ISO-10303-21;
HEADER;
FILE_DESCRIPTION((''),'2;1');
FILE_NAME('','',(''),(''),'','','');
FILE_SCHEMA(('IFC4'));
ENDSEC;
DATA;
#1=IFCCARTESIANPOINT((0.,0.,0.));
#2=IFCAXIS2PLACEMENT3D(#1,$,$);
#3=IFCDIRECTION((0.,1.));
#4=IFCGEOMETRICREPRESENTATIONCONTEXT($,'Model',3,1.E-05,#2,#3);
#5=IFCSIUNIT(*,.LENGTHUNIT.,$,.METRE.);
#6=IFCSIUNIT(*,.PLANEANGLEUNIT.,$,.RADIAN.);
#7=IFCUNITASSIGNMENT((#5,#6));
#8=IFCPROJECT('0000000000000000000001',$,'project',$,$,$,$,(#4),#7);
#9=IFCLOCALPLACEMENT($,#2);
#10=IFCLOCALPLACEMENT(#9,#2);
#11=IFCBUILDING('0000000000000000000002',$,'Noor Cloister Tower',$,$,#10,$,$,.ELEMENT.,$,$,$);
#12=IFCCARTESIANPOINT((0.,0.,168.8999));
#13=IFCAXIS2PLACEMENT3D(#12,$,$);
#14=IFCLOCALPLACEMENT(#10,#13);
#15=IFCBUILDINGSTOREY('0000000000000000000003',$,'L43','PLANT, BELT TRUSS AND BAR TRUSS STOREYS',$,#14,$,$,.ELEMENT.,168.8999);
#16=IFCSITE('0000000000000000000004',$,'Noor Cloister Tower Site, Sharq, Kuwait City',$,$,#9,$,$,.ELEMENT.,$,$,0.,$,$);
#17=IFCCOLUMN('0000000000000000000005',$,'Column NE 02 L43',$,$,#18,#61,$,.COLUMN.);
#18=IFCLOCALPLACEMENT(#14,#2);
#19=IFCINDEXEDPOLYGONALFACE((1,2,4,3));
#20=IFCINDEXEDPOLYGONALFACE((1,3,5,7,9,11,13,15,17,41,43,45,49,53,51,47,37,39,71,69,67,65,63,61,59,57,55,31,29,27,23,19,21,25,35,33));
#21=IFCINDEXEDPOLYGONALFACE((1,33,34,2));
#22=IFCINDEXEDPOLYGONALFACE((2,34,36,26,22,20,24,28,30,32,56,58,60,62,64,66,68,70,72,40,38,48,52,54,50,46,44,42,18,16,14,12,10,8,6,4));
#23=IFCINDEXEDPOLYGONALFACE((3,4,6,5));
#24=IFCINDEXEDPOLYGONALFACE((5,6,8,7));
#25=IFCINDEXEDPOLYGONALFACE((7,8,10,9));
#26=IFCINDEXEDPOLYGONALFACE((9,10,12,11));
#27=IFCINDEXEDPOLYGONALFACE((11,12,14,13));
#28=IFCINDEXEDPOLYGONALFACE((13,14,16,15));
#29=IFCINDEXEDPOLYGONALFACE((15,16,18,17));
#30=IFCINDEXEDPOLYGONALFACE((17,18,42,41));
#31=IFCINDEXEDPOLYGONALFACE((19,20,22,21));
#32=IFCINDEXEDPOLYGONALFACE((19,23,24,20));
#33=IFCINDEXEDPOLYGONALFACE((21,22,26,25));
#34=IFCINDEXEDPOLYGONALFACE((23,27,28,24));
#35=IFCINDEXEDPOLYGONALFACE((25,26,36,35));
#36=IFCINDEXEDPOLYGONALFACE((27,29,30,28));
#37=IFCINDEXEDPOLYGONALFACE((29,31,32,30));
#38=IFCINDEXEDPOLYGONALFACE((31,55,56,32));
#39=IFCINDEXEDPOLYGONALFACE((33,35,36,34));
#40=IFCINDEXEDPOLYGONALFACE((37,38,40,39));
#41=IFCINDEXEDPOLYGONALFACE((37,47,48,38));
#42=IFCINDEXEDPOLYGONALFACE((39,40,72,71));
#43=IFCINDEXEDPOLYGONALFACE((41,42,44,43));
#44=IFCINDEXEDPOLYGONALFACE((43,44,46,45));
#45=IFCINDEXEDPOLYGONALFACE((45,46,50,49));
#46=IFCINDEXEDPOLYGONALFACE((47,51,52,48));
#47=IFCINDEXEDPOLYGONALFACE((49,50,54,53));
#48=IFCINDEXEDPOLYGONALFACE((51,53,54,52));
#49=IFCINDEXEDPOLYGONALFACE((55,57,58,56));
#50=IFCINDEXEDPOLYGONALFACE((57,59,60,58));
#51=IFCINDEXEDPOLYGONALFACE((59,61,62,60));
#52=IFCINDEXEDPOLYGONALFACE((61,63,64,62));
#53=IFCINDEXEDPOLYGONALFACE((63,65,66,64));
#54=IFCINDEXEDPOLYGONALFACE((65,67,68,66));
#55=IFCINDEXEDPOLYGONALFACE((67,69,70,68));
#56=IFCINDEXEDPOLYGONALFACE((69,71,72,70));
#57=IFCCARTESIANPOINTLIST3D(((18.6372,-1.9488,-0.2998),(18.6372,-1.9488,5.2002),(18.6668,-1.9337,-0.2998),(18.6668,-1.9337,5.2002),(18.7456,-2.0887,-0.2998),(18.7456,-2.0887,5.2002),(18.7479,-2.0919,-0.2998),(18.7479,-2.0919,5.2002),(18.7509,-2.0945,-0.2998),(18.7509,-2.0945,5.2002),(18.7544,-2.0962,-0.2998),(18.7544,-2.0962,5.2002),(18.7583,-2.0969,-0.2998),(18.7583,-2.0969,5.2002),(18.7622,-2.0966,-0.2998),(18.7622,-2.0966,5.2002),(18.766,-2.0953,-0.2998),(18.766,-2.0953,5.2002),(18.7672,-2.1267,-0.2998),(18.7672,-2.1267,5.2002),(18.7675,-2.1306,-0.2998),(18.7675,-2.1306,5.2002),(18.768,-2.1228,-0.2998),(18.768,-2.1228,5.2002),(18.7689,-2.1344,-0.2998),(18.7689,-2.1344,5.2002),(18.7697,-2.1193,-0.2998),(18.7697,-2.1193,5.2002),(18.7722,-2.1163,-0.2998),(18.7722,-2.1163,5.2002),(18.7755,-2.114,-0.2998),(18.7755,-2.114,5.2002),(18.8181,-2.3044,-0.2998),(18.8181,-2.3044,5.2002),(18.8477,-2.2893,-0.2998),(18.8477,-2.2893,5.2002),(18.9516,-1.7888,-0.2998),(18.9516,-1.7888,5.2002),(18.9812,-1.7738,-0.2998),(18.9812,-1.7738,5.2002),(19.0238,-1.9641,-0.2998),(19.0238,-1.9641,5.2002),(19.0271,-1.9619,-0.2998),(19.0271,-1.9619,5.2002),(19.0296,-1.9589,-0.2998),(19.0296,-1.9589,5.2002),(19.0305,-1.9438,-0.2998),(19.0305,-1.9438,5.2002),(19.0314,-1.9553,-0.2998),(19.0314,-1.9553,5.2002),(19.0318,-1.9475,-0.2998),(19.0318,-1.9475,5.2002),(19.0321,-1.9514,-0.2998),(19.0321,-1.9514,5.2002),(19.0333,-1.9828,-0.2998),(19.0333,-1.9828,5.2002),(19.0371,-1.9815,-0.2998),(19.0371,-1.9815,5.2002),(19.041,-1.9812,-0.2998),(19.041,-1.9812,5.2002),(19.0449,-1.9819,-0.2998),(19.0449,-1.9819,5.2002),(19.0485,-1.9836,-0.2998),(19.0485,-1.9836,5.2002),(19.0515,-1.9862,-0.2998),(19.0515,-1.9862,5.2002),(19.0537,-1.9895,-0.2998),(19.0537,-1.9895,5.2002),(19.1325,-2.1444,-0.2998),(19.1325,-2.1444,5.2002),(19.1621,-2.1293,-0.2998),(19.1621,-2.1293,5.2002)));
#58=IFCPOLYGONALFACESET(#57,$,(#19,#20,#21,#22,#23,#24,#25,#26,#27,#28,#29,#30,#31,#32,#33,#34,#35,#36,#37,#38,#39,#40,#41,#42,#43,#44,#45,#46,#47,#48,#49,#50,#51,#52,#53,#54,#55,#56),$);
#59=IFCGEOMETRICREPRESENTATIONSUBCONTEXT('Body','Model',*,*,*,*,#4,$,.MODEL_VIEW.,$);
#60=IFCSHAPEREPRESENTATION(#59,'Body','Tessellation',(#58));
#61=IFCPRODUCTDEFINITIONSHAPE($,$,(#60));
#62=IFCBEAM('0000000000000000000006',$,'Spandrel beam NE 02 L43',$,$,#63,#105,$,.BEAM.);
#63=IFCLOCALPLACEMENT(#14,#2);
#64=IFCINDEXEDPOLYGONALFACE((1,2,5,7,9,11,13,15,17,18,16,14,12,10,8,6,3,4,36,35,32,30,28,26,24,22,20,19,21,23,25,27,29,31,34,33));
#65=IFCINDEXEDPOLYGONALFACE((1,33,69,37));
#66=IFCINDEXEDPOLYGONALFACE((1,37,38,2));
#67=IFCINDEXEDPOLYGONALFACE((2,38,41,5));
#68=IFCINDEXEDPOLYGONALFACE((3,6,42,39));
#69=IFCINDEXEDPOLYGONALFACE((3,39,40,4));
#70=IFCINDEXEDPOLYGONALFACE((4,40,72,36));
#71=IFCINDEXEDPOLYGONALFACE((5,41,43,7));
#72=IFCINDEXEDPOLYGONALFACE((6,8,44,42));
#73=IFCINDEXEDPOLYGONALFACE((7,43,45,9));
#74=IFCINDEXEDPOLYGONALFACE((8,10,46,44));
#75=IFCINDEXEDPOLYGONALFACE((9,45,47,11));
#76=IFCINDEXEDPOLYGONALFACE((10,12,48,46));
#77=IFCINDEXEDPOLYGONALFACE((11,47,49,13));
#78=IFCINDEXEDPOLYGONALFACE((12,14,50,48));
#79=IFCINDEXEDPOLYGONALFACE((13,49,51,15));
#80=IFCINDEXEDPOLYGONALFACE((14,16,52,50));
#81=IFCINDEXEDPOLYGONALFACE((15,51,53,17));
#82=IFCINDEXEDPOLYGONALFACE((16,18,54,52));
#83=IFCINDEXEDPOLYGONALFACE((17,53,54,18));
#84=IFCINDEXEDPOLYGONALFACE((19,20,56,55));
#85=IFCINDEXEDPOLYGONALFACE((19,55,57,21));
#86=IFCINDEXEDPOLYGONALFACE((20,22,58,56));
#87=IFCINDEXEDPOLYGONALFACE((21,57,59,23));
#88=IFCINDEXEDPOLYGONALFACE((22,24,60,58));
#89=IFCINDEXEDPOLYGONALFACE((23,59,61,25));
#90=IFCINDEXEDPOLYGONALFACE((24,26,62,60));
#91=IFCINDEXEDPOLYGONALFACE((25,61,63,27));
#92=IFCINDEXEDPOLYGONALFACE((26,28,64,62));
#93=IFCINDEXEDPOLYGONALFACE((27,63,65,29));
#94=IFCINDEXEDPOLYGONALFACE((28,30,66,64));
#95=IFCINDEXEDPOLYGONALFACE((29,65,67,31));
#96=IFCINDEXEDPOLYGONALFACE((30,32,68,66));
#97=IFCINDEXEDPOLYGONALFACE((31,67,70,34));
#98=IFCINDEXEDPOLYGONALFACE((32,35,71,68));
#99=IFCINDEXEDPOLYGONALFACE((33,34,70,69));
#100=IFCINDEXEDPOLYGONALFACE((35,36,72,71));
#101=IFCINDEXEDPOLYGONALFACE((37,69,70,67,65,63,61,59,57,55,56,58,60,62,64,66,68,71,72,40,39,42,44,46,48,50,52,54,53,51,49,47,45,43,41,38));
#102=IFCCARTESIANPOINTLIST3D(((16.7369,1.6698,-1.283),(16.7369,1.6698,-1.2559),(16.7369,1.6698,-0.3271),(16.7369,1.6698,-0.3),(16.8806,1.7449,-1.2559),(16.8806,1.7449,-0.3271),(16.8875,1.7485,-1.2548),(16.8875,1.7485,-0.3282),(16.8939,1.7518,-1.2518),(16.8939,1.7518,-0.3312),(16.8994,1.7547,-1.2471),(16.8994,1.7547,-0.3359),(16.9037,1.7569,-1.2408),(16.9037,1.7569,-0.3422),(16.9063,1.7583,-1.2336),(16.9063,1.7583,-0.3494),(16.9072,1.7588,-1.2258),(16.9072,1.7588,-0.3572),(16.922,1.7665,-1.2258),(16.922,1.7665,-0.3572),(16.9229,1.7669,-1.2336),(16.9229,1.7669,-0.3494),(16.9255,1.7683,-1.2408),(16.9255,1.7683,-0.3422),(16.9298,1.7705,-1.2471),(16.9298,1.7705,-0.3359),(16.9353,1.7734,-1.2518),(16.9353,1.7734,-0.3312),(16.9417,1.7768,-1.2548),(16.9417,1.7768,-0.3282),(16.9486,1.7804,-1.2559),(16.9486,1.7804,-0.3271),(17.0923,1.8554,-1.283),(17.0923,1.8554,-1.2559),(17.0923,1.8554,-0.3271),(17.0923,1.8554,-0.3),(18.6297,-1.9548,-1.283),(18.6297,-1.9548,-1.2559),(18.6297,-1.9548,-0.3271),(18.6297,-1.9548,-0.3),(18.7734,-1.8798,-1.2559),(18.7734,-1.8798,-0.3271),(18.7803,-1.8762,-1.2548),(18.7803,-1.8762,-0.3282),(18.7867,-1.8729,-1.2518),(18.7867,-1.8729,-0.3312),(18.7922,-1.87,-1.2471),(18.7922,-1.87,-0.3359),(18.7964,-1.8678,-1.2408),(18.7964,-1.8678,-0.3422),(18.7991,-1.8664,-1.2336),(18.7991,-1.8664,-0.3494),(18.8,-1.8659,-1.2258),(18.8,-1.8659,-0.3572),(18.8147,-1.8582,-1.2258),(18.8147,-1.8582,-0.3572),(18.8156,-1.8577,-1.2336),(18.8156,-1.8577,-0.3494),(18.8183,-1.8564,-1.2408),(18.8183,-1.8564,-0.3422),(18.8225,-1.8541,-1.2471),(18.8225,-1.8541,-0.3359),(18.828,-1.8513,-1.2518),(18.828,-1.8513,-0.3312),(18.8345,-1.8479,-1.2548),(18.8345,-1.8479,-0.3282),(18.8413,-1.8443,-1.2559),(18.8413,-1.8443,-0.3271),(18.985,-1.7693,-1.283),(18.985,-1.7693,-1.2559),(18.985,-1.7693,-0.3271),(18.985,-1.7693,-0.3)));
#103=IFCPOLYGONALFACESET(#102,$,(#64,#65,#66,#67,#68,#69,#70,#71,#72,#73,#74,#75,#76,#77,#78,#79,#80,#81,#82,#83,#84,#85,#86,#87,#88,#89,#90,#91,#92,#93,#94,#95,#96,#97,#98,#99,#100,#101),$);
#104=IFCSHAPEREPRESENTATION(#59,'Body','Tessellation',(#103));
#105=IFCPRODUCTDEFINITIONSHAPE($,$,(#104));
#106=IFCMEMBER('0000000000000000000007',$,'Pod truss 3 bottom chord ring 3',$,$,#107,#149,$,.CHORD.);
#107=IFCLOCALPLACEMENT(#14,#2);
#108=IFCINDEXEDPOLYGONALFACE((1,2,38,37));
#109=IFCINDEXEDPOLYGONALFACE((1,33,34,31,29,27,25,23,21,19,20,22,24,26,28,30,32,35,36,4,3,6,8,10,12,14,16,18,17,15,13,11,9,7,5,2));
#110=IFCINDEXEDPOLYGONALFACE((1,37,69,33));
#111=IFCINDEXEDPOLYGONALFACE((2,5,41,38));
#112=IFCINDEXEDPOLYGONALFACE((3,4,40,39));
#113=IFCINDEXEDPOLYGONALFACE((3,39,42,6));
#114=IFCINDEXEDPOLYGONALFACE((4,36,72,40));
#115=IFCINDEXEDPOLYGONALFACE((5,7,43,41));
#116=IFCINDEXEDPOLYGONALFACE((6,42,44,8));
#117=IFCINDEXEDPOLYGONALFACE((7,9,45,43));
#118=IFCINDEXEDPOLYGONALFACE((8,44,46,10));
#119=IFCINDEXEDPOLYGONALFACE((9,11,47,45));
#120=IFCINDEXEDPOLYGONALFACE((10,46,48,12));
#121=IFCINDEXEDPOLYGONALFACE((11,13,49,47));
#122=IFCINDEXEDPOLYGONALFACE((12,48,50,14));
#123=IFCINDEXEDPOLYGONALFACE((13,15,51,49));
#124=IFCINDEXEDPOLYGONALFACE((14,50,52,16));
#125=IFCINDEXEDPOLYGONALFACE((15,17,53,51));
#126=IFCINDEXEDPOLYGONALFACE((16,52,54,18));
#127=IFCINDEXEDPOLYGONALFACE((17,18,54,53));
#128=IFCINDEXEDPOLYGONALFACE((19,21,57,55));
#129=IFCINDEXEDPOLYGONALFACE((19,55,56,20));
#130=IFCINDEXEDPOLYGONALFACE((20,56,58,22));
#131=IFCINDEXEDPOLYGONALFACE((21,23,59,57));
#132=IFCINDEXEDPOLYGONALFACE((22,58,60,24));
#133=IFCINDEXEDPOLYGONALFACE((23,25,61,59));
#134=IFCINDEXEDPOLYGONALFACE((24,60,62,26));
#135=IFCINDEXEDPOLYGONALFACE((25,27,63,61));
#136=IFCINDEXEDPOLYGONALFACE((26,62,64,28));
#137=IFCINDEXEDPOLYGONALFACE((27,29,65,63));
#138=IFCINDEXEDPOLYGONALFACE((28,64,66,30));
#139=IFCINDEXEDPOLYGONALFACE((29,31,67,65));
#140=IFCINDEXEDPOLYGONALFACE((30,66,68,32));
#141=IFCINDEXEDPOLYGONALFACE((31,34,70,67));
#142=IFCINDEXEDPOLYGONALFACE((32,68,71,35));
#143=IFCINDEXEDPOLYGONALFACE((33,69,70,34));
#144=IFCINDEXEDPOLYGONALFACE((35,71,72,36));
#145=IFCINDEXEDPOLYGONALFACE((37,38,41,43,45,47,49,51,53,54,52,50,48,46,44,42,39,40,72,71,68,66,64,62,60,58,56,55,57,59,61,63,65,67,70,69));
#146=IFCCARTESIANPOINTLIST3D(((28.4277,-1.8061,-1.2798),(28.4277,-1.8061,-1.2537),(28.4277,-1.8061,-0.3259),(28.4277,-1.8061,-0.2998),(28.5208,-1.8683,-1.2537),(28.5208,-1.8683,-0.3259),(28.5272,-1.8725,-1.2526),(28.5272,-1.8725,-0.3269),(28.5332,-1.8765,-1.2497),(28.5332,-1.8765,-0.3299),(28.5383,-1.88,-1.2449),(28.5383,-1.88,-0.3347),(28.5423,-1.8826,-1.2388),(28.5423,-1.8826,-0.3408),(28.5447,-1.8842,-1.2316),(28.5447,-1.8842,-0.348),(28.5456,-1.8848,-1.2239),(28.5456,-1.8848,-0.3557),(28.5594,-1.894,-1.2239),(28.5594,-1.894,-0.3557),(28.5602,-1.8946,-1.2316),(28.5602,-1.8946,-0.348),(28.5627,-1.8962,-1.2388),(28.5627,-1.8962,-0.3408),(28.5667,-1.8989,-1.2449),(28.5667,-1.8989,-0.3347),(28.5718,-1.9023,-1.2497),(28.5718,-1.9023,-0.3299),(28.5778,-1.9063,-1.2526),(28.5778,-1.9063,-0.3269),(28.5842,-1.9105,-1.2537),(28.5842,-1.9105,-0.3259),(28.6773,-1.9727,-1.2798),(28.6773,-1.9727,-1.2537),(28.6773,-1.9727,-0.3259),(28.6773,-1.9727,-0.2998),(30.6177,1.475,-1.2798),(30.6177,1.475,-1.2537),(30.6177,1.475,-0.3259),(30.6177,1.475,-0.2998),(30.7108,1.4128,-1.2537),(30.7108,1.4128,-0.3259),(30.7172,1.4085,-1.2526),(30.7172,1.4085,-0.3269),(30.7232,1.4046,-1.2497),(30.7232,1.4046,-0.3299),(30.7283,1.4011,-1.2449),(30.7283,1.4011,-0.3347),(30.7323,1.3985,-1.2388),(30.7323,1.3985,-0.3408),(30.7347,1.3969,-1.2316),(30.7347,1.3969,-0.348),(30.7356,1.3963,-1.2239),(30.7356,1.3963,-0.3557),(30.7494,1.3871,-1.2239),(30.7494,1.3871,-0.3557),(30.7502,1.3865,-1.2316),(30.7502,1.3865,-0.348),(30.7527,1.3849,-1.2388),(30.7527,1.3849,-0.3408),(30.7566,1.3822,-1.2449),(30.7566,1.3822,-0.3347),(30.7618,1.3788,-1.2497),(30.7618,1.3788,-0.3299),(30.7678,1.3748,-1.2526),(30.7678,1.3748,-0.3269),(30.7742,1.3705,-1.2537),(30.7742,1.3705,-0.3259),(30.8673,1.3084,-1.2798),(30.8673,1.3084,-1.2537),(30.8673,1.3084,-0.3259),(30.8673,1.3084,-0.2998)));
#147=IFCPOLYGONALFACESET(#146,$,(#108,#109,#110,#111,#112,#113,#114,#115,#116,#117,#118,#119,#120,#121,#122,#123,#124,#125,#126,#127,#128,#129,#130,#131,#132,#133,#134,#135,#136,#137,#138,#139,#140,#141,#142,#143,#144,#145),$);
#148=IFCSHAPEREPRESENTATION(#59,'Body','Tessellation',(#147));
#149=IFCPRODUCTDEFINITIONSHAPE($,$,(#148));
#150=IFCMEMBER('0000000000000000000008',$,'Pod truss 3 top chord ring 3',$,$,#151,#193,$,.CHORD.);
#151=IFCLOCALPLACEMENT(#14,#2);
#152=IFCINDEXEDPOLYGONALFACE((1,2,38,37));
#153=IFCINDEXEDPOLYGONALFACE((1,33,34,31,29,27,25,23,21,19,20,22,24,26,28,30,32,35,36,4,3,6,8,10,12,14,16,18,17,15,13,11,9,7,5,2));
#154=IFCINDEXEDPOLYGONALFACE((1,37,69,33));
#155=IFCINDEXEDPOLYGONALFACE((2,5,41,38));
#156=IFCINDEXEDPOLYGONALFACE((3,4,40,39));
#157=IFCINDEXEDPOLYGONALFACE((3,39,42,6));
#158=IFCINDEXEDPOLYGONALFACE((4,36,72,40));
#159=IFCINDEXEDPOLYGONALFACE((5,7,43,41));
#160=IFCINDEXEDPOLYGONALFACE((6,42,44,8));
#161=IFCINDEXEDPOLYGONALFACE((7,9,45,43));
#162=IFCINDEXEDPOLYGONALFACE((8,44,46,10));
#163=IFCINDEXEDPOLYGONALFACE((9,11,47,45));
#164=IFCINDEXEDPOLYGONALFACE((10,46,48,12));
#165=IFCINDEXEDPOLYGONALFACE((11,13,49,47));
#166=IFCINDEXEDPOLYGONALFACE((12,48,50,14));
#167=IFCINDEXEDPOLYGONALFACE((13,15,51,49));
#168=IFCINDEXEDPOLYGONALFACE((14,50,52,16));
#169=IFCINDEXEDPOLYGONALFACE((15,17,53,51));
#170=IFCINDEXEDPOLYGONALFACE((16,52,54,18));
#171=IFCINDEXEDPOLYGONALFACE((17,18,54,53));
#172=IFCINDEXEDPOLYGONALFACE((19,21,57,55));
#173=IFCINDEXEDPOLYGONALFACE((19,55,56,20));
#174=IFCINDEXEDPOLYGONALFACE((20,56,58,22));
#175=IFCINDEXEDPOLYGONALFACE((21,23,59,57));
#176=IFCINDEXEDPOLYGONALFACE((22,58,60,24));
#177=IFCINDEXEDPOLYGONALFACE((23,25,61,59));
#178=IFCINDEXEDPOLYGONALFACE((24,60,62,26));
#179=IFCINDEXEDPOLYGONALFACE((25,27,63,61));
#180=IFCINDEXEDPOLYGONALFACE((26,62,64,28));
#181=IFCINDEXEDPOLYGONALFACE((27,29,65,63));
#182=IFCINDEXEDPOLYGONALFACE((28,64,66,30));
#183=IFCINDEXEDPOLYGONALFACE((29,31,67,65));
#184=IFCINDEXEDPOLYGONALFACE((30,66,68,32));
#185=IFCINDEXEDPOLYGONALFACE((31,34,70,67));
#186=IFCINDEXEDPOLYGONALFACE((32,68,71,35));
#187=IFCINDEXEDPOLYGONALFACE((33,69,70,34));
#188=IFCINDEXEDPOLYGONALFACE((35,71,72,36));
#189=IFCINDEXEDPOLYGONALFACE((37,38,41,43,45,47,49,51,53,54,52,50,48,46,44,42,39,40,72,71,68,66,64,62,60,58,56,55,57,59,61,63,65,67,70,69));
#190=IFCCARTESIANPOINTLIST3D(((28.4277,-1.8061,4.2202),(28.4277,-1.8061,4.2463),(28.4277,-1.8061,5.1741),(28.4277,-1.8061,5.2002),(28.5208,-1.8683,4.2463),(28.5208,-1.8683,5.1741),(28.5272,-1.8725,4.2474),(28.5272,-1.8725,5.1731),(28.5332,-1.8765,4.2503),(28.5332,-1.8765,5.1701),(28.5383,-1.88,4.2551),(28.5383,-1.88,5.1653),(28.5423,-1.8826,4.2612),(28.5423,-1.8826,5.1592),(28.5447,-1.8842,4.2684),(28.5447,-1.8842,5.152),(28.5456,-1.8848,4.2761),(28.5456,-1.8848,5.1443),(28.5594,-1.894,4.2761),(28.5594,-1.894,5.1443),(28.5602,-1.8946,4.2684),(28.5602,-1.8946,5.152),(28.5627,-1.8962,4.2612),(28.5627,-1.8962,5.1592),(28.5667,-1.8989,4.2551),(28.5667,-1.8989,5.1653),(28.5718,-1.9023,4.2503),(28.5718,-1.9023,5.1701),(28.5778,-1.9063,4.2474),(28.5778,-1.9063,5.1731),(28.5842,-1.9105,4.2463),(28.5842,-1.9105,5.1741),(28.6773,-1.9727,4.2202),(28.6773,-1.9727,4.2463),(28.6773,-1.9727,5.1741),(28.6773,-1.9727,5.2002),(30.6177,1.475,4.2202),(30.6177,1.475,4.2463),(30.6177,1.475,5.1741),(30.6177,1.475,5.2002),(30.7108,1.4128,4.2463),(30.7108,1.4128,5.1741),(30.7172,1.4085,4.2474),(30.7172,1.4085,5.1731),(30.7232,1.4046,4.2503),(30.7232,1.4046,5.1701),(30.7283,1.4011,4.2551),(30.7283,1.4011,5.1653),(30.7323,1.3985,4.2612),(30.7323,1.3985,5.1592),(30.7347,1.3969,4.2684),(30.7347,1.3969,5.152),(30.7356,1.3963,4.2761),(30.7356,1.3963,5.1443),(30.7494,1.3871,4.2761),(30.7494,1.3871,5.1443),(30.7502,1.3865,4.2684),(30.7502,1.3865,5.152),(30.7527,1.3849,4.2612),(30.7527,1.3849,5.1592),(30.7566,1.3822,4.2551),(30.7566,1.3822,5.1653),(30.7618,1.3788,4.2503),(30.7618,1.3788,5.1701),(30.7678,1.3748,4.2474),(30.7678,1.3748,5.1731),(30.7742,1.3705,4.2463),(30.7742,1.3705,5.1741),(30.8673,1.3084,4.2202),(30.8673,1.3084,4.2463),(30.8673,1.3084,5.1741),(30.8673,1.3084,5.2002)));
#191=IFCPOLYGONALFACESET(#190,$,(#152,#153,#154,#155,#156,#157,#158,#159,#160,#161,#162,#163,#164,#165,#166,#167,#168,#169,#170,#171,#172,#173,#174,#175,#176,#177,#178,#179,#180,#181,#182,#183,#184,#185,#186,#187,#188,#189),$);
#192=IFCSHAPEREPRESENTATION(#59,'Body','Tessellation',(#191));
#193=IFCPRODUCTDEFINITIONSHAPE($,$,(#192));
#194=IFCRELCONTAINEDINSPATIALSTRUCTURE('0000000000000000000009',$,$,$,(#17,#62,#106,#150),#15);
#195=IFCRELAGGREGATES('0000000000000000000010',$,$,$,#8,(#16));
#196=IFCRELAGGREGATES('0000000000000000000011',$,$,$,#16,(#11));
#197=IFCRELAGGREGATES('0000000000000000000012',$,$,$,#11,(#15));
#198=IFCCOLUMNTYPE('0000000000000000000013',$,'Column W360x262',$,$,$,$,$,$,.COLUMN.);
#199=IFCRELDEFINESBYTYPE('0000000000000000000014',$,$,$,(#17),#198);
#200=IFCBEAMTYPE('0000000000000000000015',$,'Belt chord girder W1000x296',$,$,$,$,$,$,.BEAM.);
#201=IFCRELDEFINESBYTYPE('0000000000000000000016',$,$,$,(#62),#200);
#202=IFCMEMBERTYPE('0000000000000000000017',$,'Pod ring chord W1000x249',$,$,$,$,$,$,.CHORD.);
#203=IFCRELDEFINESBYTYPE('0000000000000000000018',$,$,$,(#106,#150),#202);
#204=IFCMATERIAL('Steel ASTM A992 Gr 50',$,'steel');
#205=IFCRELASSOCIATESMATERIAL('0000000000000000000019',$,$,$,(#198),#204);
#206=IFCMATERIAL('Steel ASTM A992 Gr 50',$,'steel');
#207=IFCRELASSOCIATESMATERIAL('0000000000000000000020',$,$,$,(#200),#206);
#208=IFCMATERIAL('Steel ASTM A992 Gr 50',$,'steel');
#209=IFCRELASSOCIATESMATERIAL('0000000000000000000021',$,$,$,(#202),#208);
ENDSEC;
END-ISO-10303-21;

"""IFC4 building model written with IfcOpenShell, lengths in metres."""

from ifc_helpers import new_model, si_unit, direction, frame, origin, origin_2d, place, context, subcontext, project, spatial, i_section, extrude, material, material_profile, profile_set, type_object, element, save


model = new_model("IFC4")

# Units and contexts
model_context = context("Model", 3, precision=1e-05, world=origin(), true_north=direction((0.0, 1.0)))
body_context = subcontext(model_context, "Body", "Model", "MODEL_VIEW")
ifc_project = project(units=[si_unit("LENGTHUNIT", "METRE"), si_unit("PLANEANGLEUNIT", "RADIAN")], contexts=[model_context])

# Site, building, storey
site_placement = place(None, origin())
site = spatial("IfcSite", under=ifc_project, at=site_placement, Name="Noor Cloister Tower Site, Sharq, Kuwait City", CompositionType="ELEMENT", RefElevation=0.0)
building_placement = place(site_placement, origin())
building = spatial("IfcBuilding", under=site, at=building_placement, Name="Noor Cloister Tower", CompositionType="ELEMENT")
storey_placement = place(building_placement, frame((0.0, 0.0, 168.8999)))
storey = spatial("IfcBuildingStorey", under=building, at=storey_placement, Name="L43", Description="PLANT, BELT TRUSS AND BAR TRUSS STOREYS", CompositionType="ELEMENT", Elevation=168.8999)

# Column
ifc_material_1 = material(Name="Steel ASTM A992 Gr 50", Category="steel")
ifc_material_profile_1 = material_profile(ifc_material_1, i_section(OverallWidth=0.3989, OverallDepth=0.386, WebThickness=0.021, FlangeThickness=0.0332, FilletRadius=0.0151, at=origin_2d()), Name="W360x262")
ifc_profile_set_1 = profile_set([ifc_material_profile_1], Name="Steel ASTM A992 Gr 50")
column_type = type_object("IfcColumnType", Name="Column W360x262", PredefinedType="COLUMN", material=ifc_profile_set_1)
column_placement = place(storey_placement, frame((18.8997, -2.0391, -0.2998), z_axis=(0.0, 0.0, 1.0), x_axis=(-0.453461, 0.891276, 0.0)))
element("IfcColumn", 1, at=column_placement, inside=storey, type_object=column_type, Name="Column NE 02 L43", PredefinedType="COLUMN", context=body_context, shape_type="SweptSolid", body=[
    extrude(i_section(OverallWidth=0.3989, OverallDepth=0.386, WebThickness=0.021, FlangeThickness=0.0332, FilletRadius=0.0151, at=origin_2d()), origin(), (0.0, 0.0, 1.0), 5.5),
])

# Beam
ifc_material_2 = material(Name="Steel ASTM A992 Gr 50", Category="steel")
ifc_material_profile_2 = material_profile(ifc_material_2, i_section(OverallWidth=0.4009, OverallDepth=0.9829, WebThickness=0.0166, FlangeThickness=0.0271, FilletRadius=0.03, at=origin_2d()), Name="W1000x296")
ifc_profile_set_2 = profile_set([ifc_material_profile_2], Name="Steel ASTM A992 Gr 50")
beam_type = type_object("IfcBeamType", Name="Belt chord girder W1000x296", PredefinedType="BEAM", material=ifc_profile_set_2)
beam_placement = place(storey_placement, frame((18.8074, -1.8621, -0.7915), z_axis=(-0.462882, 0.88642, 0.0), x_axis=(-0.88642, -0.462882, 0.0)))
element("IfcBeam", 2, at=beam_placement, inside=storey, type_object=beam_type, Name="Spandrel beam NE 02 L43", PredefinedType="BEAM", context=body_context, shape_type="SweptSolid", body=[
    extrude(i_section(OverallWidth=0.4009, OverallDepth=0.9829, WebThickness=0.0166, FlangeThickness=0.0271, FilletRadius=0.03, at=origin_2d()), origin(), (0.0, 0.0, 1.0), 4.0891),
])

# Members
ifc_material_3 = material(Name="Steel ASTM A992 Gr 50", Category="steel")
ifc_material_profile_3 = material_profile(ifc_material_3, i_section(OverallWidth=0.3, OverallDepth=0.98, WebThickness=0.0166, FlangeThickness=0.0261, FilletRadius=0.0298, at=origin_2d()), Name="W1000x249")
ifc_profile_set_3 = profile_set([ifc_material_profile_3], Name="Steel ASTM A992 Gr 50")
member_type_1 = type_object("IfcMemberType", Name="Pod ring chord W1000x249", PredefinedType="CHORD", material=ifc_profile_set_3)
for number, where, z_axis, x_axis, name in (
    (3, (28.5525, -1.8894, -0.7898), (0.555157, 0.831745, 0.0), (-0.831745, 0.555157, 0.0), "Pod truss 3 bottom chord ring 3"),
    (4, (28.5525, -1.8894, 4.7102), (0.555157, 0.831745, 0.0), (-0.831745, 0.555157, 0.0), "Pod truss 3 top chord ring 3"),
):
    element("IfcMember", number, at=place(storey_placement, frame(where, z_axis=z_axis, x_axis=x_axis)), inside=storey, type_object=member_type_1, Name=name, PredefinedType="CHORD", context=body_context, shape_type="SweptSolid", body=[
        extrude(i_section(OverallWidth=0.3, OverallDepth=0.98, WebThickness=0.0166, FlangeThickness=0.0261, FilletRadius=0.0298, at=origin_2d()), origin(), (0.0, 0.0, 1.0), 3.9448),
    ])

save(model, "model.ifc")
